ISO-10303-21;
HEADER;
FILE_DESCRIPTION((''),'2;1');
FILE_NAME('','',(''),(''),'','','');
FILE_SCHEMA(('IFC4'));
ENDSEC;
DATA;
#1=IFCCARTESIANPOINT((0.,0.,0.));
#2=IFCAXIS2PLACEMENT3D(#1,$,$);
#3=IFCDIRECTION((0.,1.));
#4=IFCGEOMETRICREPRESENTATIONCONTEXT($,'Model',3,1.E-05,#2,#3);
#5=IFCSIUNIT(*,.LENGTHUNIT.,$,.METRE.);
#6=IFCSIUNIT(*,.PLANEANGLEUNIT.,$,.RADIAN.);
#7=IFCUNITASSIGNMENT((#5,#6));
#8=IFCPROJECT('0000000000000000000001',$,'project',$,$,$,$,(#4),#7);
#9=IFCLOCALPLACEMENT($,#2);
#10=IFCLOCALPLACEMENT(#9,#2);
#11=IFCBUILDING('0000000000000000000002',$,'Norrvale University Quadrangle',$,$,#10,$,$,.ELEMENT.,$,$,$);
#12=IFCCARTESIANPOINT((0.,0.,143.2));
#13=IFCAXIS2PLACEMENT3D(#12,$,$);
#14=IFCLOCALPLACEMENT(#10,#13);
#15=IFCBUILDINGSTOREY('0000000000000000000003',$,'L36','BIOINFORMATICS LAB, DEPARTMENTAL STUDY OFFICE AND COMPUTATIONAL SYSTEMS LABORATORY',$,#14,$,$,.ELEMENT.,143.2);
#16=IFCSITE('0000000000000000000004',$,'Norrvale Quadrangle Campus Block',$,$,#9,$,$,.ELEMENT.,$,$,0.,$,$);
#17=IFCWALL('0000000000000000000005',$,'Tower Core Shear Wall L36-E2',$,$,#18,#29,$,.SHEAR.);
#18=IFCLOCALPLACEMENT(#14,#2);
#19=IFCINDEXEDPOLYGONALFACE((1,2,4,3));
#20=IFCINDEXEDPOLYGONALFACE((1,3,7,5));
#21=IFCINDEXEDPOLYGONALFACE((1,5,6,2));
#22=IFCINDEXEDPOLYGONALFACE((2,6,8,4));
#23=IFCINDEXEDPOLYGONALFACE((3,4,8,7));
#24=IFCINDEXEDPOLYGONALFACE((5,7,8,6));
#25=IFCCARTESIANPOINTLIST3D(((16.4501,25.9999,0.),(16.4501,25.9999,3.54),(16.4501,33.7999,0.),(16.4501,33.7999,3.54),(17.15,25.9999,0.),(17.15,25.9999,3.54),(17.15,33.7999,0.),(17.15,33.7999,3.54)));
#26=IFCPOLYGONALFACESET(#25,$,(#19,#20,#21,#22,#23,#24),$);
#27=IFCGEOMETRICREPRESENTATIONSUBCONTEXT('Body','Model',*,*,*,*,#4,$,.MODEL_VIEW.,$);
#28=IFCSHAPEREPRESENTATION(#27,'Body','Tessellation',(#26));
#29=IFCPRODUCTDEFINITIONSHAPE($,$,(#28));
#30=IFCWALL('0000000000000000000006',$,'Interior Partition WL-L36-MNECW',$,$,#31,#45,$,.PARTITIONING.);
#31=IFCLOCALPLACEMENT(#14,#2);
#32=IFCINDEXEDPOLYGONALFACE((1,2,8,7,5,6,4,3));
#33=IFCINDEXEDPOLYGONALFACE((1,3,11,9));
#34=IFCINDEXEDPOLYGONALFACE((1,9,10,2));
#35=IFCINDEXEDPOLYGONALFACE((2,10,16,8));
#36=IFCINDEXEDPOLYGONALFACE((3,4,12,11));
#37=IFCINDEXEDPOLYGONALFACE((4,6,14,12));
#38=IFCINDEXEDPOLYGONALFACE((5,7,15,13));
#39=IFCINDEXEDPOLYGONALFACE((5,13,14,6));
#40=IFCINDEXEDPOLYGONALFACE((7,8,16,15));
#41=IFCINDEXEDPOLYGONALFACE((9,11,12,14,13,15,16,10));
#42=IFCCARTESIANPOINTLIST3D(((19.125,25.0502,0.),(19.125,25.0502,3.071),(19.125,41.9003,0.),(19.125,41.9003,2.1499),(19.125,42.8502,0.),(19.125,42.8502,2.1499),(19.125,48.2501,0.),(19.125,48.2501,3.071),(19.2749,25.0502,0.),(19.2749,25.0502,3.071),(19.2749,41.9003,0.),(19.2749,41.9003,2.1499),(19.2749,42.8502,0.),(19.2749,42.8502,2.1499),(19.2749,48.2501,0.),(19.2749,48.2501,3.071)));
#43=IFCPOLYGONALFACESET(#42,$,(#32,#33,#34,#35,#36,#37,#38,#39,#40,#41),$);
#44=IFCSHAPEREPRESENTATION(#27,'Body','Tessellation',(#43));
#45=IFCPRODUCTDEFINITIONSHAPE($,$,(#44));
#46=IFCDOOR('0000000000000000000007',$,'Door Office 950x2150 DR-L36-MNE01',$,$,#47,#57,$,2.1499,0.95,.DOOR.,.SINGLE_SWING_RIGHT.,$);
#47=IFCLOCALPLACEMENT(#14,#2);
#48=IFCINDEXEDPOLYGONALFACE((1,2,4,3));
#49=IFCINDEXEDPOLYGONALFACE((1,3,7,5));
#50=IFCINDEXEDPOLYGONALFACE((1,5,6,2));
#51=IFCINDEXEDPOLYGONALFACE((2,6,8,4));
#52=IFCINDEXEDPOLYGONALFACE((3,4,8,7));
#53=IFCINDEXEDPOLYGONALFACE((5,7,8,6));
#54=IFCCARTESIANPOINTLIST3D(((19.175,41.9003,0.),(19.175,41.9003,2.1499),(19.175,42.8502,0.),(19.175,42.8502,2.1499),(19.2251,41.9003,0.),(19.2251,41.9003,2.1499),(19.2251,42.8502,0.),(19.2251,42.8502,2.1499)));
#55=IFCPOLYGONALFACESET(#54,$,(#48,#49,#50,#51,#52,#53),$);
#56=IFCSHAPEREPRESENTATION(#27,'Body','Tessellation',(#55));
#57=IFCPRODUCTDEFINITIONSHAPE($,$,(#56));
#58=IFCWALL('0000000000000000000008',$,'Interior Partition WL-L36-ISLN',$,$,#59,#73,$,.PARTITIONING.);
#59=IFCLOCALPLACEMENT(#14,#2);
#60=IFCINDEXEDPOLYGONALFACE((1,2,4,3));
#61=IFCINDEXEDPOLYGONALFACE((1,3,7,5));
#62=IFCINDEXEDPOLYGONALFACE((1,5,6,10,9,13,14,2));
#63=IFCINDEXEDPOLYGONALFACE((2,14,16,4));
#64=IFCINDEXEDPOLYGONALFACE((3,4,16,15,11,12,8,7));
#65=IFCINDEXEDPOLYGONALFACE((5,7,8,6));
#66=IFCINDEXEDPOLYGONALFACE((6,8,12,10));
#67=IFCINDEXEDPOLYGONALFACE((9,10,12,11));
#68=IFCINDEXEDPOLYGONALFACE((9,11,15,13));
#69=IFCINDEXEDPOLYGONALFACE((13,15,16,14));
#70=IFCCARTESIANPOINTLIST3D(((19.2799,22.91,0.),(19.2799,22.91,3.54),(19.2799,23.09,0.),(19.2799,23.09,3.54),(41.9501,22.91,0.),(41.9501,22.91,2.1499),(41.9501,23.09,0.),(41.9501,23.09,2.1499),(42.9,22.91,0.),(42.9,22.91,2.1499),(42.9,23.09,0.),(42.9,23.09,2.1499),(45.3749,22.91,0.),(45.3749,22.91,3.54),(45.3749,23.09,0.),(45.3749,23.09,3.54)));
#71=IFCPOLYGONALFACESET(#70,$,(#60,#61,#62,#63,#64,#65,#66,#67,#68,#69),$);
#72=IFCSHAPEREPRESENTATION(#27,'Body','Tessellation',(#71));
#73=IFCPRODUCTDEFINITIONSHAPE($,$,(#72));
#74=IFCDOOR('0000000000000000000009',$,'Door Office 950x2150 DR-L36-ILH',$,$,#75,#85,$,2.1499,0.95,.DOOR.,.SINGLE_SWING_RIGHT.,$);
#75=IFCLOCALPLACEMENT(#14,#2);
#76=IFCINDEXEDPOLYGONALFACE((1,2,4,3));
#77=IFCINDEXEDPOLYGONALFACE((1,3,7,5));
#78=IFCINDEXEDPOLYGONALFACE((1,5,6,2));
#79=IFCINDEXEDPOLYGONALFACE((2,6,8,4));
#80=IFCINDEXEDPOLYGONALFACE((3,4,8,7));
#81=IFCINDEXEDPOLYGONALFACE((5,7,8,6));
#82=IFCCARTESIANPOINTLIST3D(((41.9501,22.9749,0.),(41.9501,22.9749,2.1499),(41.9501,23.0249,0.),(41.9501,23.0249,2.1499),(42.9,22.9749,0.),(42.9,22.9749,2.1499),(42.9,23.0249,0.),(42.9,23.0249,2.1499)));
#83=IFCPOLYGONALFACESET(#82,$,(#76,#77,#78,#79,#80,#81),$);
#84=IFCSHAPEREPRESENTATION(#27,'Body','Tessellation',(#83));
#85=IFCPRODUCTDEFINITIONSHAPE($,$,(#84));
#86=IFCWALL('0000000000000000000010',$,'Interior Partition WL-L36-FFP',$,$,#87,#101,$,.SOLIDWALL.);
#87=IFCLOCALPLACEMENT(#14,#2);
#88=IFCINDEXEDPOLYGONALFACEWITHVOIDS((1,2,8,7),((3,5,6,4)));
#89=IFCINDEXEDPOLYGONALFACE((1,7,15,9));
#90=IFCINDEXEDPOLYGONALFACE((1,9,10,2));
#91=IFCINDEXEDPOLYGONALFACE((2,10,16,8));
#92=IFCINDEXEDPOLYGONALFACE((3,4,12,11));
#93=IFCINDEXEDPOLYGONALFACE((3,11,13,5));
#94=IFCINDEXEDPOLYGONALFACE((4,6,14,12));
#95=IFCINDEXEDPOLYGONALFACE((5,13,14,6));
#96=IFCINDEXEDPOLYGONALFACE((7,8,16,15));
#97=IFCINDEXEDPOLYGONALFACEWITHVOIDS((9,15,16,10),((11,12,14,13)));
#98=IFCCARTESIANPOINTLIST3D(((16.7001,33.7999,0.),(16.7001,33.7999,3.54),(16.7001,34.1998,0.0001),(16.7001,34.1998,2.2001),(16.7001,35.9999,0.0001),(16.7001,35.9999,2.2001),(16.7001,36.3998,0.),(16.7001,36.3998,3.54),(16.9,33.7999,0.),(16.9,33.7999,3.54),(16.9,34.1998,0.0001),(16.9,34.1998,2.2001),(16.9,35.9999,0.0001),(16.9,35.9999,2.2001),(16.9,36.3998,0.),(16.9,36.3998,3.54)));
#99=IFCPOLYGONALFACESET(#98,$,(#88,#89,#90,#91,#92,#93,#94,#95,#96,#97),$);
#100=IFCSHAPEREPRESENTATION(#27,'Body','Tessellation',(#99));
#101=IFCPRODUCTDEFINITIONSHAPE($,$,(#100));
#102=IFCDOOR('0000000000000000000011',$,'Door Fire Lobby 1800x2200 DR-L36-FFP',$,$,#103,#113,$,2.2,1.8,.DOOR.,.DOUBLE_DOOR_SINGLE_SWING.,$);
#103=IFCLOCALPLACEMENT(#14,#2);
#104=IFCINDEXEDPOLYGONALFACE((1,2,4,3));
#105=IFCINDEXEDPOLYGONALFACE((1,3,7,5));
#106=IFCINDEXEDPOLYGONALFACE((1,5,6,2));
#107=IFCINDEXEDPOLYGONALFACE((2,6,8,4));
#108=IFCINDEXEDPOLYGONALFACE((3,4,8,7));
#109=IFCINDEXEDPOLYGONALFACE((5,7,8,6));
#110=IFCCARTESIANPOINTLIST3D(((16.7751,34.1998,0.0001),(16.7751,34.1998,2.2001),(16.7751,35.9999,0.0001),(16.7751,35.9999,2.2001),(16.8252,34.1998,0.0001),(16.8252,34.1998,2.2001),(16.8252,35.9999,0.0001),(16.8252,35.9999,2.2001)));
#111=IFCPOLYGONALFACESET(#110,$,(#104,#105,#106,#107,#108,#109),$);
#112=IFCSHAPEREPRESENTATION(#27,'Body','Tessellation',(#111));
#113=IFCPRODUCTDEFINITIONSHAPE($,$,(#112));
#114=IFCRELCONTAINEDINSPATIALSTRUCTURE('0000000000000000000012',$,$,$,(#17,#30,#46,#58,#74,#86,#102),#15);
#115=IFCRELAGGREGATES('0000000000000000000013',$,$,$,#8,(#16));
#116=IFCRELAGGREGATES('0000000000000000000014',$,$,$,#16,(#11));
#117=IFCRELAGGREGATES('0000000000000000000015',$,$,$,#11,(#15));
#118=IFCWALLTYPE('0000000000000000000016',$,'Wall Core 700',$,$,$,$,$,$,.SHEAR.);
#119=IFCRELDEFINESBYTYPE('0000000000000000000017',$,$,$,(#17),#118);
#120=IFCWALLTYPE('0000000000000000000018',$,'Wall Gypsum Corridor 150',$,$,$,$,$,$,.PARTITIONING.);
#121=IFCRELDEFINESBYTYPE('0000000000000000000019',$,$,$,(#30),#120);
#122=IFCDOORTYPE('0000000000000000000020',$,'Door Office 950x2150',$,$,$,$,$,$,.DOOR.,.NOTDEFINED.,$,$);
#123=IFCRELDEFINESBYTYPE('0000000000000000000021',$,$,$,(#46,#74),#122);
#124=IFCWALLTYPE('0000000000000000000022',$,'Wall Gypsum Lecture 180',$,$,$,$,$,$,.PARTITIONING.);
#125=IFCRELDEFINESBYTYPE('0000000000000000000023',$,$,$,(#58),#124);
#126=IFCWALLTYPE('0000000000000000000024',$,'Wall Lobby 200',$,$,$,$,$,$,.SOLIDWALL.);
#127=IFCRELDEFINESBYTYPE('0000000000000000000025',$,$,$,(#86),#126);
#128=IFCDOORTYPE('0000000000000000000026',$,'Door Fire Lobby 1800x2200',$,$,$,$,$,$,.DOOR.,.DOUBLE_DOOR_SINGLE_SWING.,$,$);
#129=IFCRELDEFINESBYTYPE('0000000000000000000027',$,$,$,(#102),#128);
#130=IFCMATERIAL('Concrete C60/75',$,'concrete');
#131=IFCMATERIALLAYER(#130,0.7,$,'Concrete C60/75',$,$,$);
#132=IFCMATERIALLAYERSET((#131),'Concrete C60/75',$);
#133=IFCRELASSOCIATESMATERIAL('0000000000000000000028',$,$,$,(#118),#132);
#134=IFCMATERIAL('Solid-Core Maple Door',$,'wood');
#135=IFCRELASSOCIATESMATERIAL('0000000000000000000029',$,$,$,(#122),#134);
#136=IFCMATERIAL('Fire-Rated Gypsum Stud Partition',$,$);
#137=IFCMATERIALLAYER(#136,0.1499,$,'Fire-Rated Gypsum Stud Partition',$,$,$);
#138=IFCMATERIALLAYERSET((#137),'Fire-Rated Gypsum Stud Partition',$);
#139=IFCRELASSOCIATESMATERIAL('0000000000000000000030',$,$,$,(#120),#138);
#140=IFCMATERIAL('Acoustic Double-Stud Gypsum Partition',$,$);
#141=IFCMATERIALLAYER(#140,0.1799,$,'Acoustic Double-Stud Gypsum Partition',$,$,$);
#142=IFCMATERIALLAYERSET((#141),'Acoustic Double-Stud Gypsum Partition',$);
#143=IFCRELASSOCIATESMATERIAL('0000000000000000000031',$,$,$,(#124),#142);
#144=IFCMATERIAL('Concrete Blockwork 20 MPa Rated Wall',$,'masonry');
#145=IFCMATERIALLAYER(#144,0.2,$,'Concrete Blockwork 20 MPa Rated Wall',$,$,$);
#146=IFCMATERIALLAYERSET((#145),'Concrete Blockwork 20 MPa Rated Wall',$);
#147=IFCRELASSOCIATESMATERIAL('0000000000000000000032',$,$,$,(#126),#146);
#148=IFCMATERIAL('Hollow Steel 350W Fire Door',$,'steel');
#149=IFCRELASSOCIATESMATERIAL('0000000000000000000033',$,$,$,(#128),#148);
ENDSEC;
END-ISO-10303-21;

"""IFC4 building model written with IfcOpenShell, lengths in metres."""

from ifc_helpers import new_model, si_unit, direction, frame, frame_2d, origin, place, context, subcontext, project, spatial, rectangle, extrude, material, layer, layer_set, type_object, element, fill, save


model = new_model("IFC4")

# Units and contexts
model_context = context("Model", 3, precision=1e-05, world=origin(), true_north=direction((0.0, 1.0)))
body_context = subcontext(model_context, "Body", "Model", "MODEL_VIEW")
ifc_project = project(units=[si_unit("LENGTHUNIT", "METRE"), si_unit("PLANEANGLEUNIT", "RADIAN")], contexts=[model_context])

# Site, building, storey
site_placement = place(None, origin())
site = spatial("IfcSite", under=ifc_project, at=site_placement, Name="Norrvale Quadrangle Campus Block", CompositionType="ELEMENT", RefElevation=0.0)
building_placement = place(site_placement, origin())
building = spatial("IfcBuilding", under=site, at=building_placement, Name="Norrvale University Quadrangle", CompositionType="ELEMENT")
storey_placement = place(building_placement, frame((0.0, 0.0, 143.2)))
storey = spatial("IfcBuildingStorey", under=building, at=storey_placement, Name="L36", Description="BIOINFORMATICS LAB, DEPARTMENTAL STUDY OFFICE AND COMPUTATIONAL SYSTEMS LABORATORY", CompositionType="ELEMENT", Elevation=143.2)

# Shared definitions
ifc_material_1 = material(Name="Concrete C60/75", Category="concrete")

# Wall
ifc_layer_1 = layer(ifc_material_1, 0.7, Name="Concrete C60/75")
ifc_layer_set_1 = layer_set([ifc_layer_1], Name="Concrete C60/75")
wall_type_1 = type_object("IfcWallType", Name="Wall Core 700", PredefinedType="SHEAR", material=ifc_layer_set_1)
wall_1_placement = place(storey_placement, frame((16.8, 26.0, 0.0), z_axis=(0.0, 0.0, 1.0), x_axis=(0.0, 1.0, 0.0)))
element("IfcWall", 1, at=wall_1_placement, inside=storey, type_object=wall_type_1, Name="Tower Core Shear Wall L36-E2", PredefinedType="SHEAR", context=body_context, shape_type="SweptSolid", body=[
    extrude(rectangle(XDim=7.8, YDim=0.7, at=frame_2d((3.8999, 0.0))), origin(), (0.0, 0.0, 1.0), 3.54),
])

# Walls, openings, doors
ifc_material_2 = material(Name="Solid-Core Maple Door", Category="wood")
door_type_1 = type_object("IfcDoorType", Name="Door Office 950x2150", OperationType="NOTDEFINED", PredefinedType="DOOR", material=ifc_material_2)
ifc_material_3 = material(Name="Fire-Rated Gypsum Stud Partition")
ifc_layer_2 = layer(ifc_material_3, 0.1499, Name="Fire-Rated Gypsum Stud Partition")
ifc_layer_set_2 = layer_set([ifc_layer_2], Name="Fire-Rated Gypsum Stud Partition")
wall_type_2 = type_object("IfcWallType", Name="Wall Gypsum Corridor 150", PredefinedType="PARTITIONING", material=ifc_layer_set_2)
wall_2_placement = place(storey_placement, frame((19.2, 25.05, 0.0), z_axis=(0.0, 0.0, 1.0), x_axis=(0.0, 1.0, 0.0)))
wall_2 = element("IfcWall", 2, at=wall_2_placement, inside=storey, type_object=wall_type_2, Name="Interior Partition WL-L36-MNECW", PredefinedType="PARTITIONING", context=body_context, shape_type="SweptSolid", body=[
    extrude(rectangle(XDim=23.2, YDim=0.1499, at=frame_2d((11.6001, 0.0))), origin(), (0.0, 0.0, 1.0), 3.071),
])
opening_1_placement = place(wall_2_placement, frame((16.8501, 0.0, 0.0)))
opening_1 = element("IfcOpeningElement", 3, at=opening_1_placement, cuts=wall_2, PredefinedType="OPENING", context=body_context, shape_type="SweptSolid", body=[
    extrude(rectangle(XDim=0.95, YDim=2.1499, at=frame_2d((0.4751, 1.075))), frame((0.0, 0.0869, 0.0), z_axis=(0.0, -1.0, 0.0), x_axis=(1.0, 0.0, 0.0)), (0.0, 0.0, 1.0), 0.1738),
])
door_1_placement = place(opening_1_placement, origin())
door_1 = element("IfcDoor", 4, at=door_1_placement, inside=storey, type_object=door_type_1, Name="Door Office 950x2150 DR-L36-MNE01", OperationType="SINGLE_SWING_RIGHT", OverallHeight=2.1499, OverallWidth=0.95, PredefinedType="DOOR", context=body_context, shape_type="SweptSolid", body=[
    extrude(rectangle(XDim=0.95, YDim=2.1499, at=frame_2d((0.4751, 1.075))), frame((0.0, 0.0249, 0.0), z_axis=(0.0, -1.0, 0.0), x_axis=(1.0, 0.0, 0.0)), (0.0, 0.0, 1.0), 0.05),
])
fill(opening_1, door_1)
ifc_material_4 = material(Name="Acoustic Double-Stud Gypsum Partition")
ifc_layer_3 = layer(ifc_material_4, 0.1799, Name="Acoustic Double-Stud Gypsum Partition")
ifc_layer_set_3 = layer_set([ifc_layer_3], Name="Acoustic Double-Stud Gypsum Partition")
wall_type_3 = type_object("IfcWallType", Name="Wall Gypsum Lecture 180", PredefinedType="PARTITIONING", material=ifc_layer_set_3)
wall_3_placement = place(storey_placement, frame((19.28, 23.0, 0.0), z_axis=(0.0, 0.0, 1.0), x_axis=(1.0, 0.0, 0.0)))
wall_3 = element("IfcWall", 5, at=wall_3_placement, inside=storey, type_object=wall_type_3, Name="Interior Partition WL-L36-ISLN", PredefinedType="PARTITIONING", context=body_context, shape_type="SweptSolid", body=[
    extrude(rectangle(XDim=26.095, YDim=0.1799, at=frame_2d((13.0474, 0.0))), origin(), (0.0, 0.0, 1.0), 3.54),
])
opening_2_placement = place(wall_3_placement, frame((22.6699, 0.0, 0.0)))
opening_2 = element("IfcOpeningElement", 6, at=opening_2_placement, cuts=wall_3, PredefinedType="OPENING", context=body_context, shape_type="SweptSolid", body=[
    extrude(rectangle(XDim=0.95, YDim=2.1499, at=frame_2d((0.4751, 1.075))), frame((0.0, 0.1021, 0.0), z_axis=(0.0, -1.0, 0.0), x_axis=(1.0, 0.0, 0.0)), (0.0, 0.0, 1.0), 0.2039),
])
door_2_placement = place(opening_2_placement, origin())
door_2 = element("IfcDoor", 7, at=door_2_placement, inside=storey, type_object=door_type_1, Name="Door Office 950x2150 DR-L36-ILH", OperationType="SINGLE_SWING_RIGHT", OverallHeight=2.1499, OverallWidth=0.95, PredefinedType="DOOR", context=body_context, shape_type="SweptSolid", body=[
    extrude(rectangle(XDim=0.95, YDim=2.1499, at=frame_2d((0.4751, 1.075))), frame((0.0, 0.0249, 0.0), z_axis=(0.0, -1.0, 0.0), x_axis=(1.0, 0.0, 0.0)), (0.0, 0.0, 1.0), 0.05),
])
fill(opening_2, door_2)
ifc_material_5 = material(Name="Concrete Blockwork 20 MPa Rated Wall", Category="masonry")
ifc_layer_4 = layer(ifc_material_5, 0.2, Name="Concrete Blockwork 20 MPa Rated Wall")
ifc_layer_set_4 = layer_set([ifc_layer_4], Name="Concrete Blockwork 20 MPa Rated Wall")
wall_type_4 = type_object("IfcWallType", Name="Wall Lobby 200", PredefinedType="SOLIDWALL", material=ifc_layer_set_4)
wall_4_placement = place(storey_placement, frame((16.8, 33.8, 0.0), z_axis=(0.0, 0.0, 1.0), x_axis=(0.0, 1.0, 0.0)))
wall_4 = element("IfcWall", 8, at=wall_4_placement, inside=storey, type_object=wall_type_4, Name="Interior Partition WL-L36-FFP", PredefinedType="SOLIDWALL", context=body_context, shape_type="SweptSolid", body=[
    extrude(rectangle(XDim=2.5999, YDim=0.2, at=frame_2d((1.2998, 0.0))), origin(), (0.0, 0.0, 1.0), 3.54),
])
opening_3_placement = place(wall_4_placement, frame((0.3999, 0.0, 0.0)))
opening_3 = element("IfcOpeningElement", 9, at=opening_3_placement, cuts=wall_4, PredefinedType="OPENING", context=body_context, shape_type="SweptSolid", body=[
    extrude(rectangle(XDim=1.8, YDim=2.2, at=frame_2d((0.8999, 1.1001))), frame((0.0, 0.1121, 0.0), z_axis=(0.0, -1.0, 0.0), x_axis=(1.0, 0.0, 0.0)), (0.0, 0.0, 1.0), 0.2239),
])
ifc_material_6 = material(Name="Hollow Steel 350W Fire Door", Category="steel")
door_type_2 = type_object("IfcDoorType", Name="Door Fire Lobby 1800x2200", OperationType="DOUBLE_DOOR_SINGLE_SWING", PredefinedType="DOOR", material=ifc_material_6)
door_3_placement = place(opening_3_placement, origin())
door_3 = element("IfcDoor", 10, at=door_3_placement, inside=storey, type_object=door_type_2, Name="Door Fire Lobby 1800x2200 DR-L36-FFP", OperationType="DOUBLE_DOOR_SINGLE_SWING", OverallHeight=2.2, OverallWidth=1.8, PredefinedType="DOOR", context=body_context, shape_type="SweptSolid", body=[
    extrude(rectangle(XDim=1.8, YDim=2.2, at=frame_2d((0.8999, 1.1001))), frame((0.0, 0.0249, 0.0), z_axis=(0.0, -1.0, 0.0), x_axis=(1.0, 0.0, 0.0)), (0.0, 0.0, 1.0), 0.05),
])
fill(opening_3, door_3)

save(model, "model.ifc")
